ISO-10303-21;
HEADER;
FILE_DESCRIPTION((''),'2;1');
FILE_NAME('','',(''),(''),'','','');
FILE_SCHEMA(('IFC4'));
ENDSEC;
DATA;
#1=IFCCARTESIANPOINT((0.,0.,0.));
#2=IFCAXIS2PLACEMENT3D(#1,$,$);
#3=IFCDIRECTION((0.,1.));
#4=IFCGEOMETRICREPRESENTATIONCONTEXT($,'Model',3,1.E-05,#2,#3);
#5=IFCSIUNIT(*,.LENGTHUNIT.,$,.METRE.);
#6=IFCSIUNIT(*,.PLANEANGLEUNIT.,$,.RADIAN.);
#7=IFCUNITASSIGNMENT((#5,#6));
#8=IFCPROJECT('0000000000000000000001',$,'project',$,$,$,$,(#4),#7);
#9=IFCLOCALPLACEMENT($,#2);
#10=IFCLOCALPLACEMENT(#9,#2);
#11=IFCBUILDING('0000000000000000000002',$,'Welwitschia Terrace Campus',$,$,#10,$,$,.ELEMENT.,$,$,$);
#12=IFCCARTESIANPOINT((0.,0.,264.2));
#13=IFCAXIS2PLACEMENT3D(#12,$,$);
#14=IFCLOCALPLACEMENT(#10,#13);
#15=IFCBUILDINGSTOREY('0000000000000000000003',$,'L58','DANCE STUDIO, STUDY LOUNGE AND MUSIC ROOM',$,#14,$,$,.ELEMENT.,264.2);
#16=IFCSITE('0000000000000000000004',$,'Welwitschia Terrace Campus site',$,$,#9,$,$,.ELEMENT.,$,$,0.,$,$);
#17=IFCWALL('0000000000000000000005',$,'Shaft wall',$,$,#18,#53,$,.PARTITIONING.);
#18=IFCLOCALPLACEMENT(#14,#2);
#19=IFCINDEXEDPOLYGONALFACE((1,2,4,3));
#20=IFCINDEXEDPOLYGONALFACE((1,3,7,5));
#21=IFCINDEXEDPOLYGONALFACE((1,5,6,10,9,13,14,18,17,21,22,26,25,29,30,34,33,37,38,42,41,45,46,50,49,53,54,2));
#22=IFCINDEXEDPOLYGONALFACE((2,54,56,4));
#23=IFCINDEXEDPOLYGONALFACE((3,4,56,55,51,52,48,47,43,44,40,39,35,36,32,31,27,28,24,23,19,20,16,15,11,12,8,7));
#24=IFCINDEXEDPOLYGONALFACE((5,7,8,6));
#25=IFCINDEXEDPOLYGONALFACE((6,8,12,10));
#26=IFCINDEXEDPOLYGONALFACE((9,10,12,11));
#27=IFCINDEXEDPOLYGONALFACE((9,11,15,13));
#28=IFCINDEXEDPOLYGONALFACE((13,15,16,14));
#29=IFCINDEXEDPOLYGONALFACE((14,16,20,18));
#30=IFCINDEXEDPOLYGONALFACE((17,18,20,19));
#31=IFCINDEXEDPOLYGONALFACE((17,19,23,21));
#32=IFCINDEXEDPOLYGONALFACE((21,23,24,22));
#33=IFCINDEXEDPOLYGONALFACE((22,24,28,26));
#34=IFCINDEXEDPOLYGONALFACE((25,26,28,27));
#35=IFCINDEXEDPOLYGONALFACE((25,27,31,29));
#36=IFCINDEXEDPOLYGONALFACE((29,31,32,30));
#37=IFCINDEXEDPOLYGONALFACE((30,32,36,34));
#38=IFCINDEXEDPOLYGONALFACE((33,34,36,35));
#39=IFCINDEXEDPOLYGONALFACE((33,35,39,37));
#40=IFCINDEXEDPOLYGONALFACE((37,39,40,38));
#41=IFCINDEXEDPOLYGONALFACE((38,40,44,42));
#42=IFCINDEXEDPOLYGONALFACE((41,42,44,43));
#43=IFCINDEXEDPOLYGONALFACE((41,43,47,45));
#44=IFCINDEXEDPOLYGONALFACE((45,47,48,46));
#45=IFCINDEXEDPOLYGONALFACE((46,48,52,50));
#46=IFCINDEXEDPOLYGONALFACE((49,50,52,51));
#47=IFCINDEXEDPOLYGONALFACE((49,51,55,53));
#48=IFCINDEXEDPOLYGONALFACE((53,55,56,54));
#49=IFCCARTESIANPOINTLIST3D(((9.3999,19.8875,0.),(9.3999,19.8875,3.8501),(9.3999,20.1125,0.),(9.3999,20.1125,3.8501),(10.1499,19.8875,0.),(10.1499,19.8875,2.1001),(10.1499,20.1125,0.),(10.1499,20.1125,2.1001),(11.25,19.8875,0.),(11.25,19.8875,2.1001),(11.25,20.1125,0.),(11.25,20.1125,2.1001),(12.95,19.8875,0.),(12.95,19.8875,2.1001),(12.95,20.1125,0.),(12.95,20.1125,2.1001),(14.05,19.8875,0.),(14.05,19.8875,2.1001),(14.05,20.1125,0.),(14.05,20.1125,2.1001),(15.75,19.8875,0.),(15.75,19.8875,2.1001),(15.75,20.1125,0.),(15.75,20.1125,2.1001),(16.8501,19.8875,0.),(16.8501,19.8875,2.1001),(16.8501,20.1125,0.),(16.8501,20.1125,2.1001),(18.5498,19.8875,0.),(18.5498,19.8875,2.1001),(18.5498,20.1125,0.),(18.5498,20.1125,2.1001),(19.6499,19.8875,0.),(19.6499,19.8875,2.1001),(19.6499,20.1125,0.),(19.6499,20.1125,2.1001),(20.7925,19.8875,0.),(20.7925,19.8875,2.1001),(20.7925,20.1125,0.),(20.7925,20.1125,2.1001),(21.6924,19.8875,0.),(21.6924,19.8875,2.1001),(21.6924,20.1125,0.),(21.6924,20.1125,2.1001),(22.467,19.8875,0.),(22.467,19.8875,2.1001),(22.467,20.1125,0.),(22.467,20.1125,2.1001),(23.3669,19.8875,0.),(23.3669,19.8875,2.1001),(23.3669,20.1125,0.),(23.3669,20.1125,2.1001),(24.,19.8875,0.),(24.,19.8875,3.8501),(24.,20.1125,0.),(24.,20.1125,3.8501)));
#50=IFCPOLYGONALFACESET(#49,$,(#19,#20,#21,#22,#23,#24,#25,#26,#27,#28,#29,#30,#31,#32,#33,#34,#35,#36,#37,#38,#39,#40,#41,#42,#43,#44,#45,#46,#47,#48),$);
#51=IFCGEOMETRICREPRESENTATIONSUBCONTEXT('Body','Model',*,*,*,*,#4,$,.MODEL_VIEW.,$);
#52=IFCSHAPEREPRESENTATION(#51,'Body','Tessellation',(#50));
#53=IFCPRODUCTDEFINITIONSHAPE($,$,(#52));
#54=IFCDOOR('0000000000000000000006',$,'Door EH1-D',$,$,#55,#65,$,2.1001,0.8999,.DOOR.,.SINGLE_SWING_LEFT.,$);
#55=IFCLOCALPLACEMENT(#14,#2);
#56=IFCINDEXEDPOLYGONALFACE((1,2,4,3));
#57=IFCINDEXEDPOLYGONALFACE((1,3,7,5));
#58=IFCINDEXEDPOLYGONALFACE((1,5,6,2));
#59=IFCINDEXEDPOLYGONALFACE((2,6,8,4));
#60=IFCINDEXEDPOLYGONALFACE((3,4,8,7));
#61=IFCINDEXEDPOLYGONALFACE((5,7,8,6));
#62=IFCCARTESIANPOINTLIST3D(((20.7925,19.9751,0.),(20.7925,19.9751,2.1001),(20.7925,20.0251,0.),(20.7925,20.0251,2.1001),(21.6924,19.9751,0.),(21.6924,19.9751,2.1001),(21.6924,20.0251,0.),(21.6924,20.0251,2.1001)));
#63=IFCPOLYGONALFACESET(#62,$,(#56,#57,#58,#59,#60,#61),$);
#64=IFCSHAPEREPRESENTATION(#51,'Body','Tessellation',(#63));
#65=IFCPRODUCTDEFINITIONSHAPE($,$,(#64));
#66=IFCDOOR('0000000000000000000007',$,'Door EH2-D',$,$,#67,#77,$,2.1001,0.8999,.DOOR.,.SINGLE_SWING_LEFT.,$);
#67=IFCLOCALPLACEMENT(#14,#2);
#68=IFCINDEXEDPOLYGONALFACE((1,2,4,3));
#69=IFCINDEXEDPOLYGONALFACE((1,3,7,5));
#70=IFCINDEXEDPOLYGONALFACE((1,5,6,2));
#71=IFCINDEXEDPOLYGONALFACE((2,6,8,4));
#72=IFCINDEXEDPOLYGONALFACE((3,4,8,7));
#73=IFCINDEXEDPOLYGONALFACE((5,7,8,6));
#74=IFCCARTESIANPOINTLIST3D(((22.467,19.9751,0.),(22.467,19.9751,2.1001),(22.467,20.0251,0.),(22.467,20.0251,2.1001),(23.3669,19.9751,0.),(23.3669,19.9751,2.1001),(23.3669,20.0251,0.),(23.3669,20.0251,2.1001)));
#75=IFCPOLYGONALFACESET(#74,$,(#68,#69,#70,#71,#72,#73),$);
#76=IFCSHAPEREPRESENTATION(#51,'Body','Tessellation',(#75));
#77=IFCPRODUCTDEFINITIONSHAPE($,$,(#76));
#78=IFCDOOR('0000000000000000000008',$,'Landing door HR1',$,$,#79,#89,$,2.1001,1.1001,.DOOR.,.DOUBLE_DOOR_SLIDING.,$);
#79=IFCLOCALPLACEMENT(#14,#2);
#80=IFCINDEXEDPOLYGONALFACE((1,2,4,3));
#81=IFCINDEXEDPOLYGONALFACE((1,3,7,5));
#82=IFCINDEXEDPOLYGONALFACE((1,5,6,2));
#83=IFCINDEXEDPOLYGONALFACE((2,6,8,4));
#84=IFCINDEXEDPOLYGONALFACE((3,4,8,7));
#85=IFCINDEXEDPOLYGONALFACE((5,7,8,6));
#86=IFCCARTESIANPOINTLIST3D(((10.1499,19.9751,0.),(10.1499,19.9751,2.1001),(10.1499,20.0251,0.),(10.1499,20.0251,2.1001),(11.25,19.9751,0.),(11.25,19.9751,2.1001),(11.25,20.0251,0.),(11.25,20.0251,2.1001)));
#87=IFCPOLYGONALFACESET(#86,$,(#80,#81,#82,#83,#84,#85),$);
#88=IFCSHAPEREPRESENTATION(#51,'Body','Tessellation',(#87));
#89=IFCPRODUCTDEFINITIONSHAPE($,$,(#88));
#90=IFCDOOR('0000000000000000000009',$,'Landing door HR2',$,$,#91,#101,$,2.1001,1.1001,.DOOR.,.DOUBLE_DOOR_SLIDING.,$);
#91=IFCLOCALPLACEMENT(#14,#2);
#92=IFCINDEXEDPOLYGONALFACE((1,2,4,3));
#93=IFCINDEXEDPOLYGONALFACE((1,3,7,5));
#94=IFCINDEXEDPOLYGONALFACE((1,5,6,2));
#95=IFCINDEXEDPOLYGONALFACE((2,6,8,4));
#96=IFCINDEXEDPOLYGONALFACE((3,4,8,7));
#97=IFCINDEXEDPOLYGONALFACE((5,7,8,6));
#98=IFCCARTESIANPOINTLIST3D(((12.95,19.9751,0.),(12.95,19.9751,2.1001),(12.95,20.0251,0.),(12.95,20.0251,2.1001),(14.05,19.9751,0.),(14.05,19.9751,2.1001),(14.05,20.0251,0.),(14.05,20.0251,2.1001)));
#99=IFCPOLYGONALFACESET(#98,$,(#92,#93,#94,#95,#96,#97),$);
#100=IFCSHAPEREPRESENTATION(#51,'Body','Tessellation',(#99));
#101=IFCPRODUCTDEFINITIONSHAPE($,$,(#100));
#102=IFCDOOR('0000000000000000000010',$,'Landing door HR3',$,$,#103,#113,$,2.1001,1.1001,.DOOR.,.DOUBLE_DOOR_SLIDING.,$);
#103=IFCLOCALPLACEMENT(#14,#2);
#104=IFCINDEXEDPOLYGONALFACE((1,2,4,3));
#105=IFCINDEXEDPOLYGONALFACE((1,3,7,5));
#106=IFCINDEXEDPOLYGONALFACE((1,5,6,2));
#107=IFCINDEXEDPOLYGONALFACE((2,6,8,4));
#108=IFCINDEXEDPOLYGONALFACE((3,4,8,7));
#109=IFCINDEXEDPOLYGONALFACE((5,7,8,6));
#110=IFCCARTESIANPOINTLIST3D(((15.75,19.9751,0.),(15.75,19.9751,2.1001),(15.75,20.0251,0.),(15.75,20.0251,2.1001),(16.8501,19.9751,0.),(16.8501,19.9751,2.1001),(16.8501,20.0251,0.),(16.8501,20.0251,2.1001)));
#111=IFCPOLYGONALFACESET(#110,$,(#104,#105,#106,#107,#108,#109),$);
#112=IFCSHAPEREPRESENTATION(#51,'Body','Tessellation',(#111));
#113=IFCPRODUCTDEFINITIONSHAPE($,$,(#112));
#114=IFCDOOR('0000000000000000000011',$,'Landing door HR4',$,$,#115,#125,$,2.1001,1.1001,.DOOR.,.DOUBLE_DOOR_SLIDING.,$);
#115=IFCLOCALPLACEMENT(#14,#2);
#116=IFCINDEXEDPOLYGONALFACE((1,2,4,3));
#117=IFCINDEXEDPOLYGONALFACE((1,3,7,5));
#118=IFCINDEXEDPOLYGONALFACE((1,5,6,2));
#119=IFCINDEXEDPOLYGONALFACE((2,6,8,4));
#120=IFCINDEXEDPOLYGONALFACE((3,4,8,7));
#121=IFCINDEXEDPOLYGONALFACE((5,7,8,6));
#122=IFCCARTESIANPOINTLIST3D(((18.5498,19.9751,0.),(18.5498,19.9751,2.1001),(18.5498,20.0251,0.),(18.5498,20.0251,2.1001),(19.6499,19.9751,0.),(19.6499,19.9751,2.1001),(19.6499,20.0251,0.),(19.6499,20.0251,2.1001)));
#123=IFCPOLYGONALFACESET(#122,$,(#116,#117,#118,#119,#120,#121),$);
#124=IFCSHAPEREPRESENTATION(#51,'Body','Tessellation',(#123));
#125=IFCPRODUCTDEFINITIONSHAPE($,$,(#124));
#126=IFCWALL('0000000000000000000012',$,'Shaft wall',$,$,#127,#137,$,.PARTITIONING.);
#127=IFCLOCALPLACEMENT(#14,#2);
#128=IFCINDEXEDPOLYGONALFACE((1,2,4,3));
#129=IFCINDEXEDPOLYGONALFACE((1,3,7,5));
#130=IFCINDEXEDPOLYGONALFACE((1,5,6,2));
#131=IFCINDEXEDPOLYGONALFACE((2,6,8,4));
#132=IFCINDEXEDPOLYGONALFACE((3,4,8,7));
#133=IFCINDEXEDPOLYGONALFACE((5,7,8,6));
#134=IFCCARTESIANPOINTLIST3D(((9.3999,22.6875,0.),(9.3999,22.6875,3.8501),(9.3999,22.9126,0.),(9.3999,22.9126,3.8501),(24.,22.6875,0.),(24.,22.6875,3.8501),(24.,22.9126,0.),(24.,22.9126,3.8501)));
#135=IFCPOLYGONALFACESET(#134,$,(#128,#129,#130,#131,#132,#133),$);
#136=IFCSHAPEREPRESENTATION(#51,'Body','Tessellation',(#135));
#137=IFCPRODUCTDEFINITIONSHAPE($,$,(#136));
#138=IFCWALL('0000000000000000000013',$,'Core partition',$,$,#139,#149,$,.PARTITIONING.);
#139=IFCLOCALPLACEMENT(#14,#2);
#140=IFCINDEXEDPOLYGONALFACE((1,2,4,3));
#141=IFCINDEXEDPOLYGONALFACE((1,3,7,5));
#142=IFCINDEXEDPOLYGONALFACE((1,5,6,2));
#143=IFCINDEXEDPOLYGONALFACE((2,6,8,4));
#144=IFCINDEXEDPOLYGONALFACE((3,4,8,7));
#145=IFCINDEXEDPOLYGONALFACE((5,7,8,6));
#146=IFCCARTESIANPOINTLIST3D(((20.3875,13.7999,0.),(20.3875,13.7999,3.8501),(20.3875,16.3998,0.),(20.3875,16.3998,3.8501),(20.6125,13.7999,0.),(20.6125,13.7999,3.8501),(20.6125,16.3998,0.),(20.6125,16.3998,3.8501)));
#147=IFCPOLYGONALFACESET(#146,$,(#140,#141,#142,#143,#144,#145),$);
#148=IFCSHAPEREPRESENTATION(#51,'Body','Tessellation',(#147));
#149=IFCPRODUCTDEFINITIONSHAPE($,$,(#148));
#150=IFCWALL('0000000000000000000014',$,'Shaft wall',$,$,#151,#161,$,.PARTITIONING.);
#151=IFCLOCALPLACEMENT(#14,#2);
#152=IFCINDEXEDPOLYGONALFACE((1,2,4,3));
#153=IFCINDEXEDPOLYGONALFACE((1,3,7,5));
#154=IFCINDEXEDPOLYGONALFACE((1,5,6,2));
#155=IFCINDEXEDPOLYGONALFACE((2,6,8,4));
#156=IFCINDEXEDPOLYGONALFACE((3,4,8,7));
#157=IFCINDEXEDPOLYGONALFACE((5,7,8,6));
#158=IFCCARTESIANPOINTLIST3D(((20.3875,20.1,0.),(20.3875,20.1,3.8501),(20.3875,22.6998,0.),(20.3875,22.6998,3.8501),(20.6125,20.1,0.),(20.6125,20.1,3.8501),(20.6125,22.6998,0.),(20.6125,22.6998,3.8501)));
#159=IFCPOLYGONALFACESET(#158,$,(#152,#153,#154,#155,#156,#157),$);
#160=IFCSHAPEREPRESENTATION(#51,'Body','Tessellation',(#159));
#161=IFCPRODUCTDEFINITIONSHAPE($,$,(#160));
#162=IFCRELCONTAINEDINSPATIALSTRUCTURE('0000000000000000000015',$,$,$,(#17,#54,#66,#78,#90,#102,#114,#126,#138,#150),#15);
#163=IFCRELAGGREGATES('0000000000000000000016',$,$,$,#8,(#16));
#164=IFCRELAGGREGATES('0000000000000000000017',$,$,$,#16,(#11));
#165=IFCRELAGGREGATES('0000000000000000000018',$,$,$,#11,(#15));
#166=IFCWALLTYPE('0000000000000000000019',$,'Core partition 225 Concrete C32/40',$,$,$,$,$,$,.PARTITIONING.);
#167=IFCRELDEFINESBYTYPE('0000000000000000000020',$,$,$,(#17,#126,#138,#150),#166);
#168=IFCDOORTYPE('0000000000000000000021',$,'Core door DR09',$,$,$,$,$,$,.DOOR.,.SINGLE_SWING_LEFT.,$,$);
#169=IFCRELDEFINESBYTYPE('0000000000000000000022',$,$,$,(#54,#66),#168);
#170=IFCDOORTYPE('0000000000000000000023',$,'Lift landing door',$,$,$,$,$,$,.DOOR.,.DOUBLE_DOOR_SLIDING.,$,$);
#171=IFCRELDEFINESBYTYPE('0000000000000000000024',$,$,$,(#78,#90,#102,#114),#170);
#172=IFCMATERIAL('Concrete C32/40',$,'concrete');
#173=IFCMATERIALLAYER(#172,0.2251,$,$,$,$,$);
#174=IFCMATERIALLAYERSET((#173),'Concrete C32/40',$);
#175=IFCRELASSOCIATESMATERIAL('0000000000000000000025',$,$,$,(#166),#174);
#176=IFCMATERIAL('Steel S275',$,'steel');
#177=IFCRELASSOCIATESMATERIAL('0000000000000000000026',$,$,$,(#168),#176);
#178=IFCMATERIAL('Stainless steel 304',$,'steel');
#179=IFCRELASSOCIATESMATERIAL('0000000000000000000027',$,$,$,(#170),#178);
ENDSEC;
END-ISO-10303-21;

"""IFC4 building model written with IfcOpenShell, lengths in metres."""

from ifc_helpers import new_model, si_unit, direction, frame, frame_2d, origin, place, context, subcontext, project, spatial, rectangle, extrude, material, layer, layer_set, type_object, element, fill, save


model = new_model("IFC4")

# Units and contexts
model_context = context("Model", 3, precision=1e-05, world=origin(), true_north=direction((0.0, 1.0)))
body_context = subcontext(model_context, "Body", "Model", "MODEL_VIEW")
ifc_project = project(units=[si_unit("LENGTHUNIT", "METRE"), si_unit("PLANEANGLEUNIT", "RADIAN")], contexts=[model_context])

# Site, building, storey
site_placement = place(None, origin())
site = spatial("IfcSite", under=ifc_project, at=site_placement, Name="Welwitschia Terrace Campus site", CompositionType="ELEMENT", RefElevation=0.0)
building_placement = place(site_placement, origin())
building = spatial("IfcBuilding", under=site, at=building_placement, Name="Welwitschia Terrace Campus", CompositionType="ELEMENT")
storey_placement = place(building_placement, frame((0.0, 0.0, 264.2)))
storey = spatial("IfcBuildingStorey", under=building, at=storey_placement, Name="L58", Description="DANCE STUDIO, STUDY LOUNGE AND MUSIC ROOM", CompositionType="ELEMENT", Elevation=264.2)

# Shared definitions
ifc_material_1 = material(Name="Concrete C32/40", Category="concrete")
ifc_layer_1 = layer(ifc_material_1, 0.2251)
ifc_layer_set_1 = layer_set([ifc_layer_1], Name="Concrete C32/40")
wall_type_1 = type_object("IfcWallType", Name="Core partition 225 Concrete C32/40", PredefinedType="PARTITIONING", material=ifc_layer_set_1)

# Wall, openings, doors
ifc_material_2 = material(Name="Steel S275", Category="steel")
door_type_1 = type_object("IfcDoorType", Name="Core door DR09", OperationType="SINGLE_SWING_LEFT", PredefinedType="DOOR", material=ifc_material_2)
wall_1_placement = place(storey_placement, frame((24.0, 20.0, 0.0), z_axis=(0.0, 0.0, 1.0), x_axis=(-1.0, 0.0, 0.0)))
wall_1 = element("IfcWall", 1, at=wall_1_placement, inside=storey, type_object=wall_type_1, Name="Shaft wall", PredefinedType="PARTITIONING", context=body_context, shape_type="SweptSolid", body=[
    extrude(rectangle(XDim=14.6001, YDim=0.2251, at=frame_2d((7.3, 0.0))), origin(), (0.0, 0.0, 1.0), 3.8501),
])
opening_1_placement = place(wall_1_placement, frame((12.75, 0.0, 0.0)))
opening_1 = element("IfcOpeningElement", 2, at=opening_1_placement, cuts=wall_1, PredefinedType="OPENING", context=body_context, shape_type="SweptSolid", body=[
    extrude(rectangle(XDim=1.1001, YDim=2.1001, at=frame_2d((0.55, 1.05))), frame((0.0, 0.1226, 0.0), z_axis=(0.0, -1.0, 0.0), x_axis=(1.0, 0.0, 0.0)), (0.0, 0.0, 1.0), 0.2451),
])
opening_2_placement = place(wall_1_placement, frame((9.95, 0.0, 0.0)))
opening_2 = element("IfcOpeningElement", 3, at=opening_2_placement, cuts=wall_1, PredefinedType="OPENING", context=body_context, shape_type="SweptSolid", body=[
    extrude(rectangle(XDim=1.1001, YDim=2.1001, at=frame_2d((0.55, 1.05))), frame((0.0, 0.1226, 0.0), z_axis=(0.0, -1.0, 0.0), x_axis=(1.0, 0.0, 0.0)), (0.0, 0.0, 1.0), 0.2451),
])
opening_3_placement = place(wall_1_placement, frame((7.1499, 0.0, 0.0)))
opening_3 = element("IfcOpeningElement", 4, at=opening_3_placement, cuts=wall_1, PredefinedType="OPENING", context=body_context, shape_type="SweptSolid", body=[
    extrude(rectangle(XDim=1.1001, YDim=2.1001, at=frame_2d((0.55, 1.05))), frame((0.0, 0.1226, 0.0), z_axis=(0.0, -1.0, 0.0), x_axis=(1.0, 0.0, 0.0)), (0.0, 0.0, 1.0), 0.2451),
])
opening_4_placement = place(wall_1_placement, frame((4.3501, 0.0, 0.0)))
opening_4 = element("IfcOpeningElement", 5, at=opening_4_placement, cuts=wall_1, PredefinedType="OPENING", context=body_context, shape_type="SweptSolid", body=[
    extrude(rectangle(XDim=1.1001, YDim=2.1001, at=frame_2d((0.55, 1.05))), frame((0.0, 0.1226, 0.0), z_axis=(0.0, -1.0, 0.0), x_axis=(1.0, 0.0, 0.0)), (0.0, 0.0, 1.0), 0.2451),
])
opening_5_placement = place(wall_1_placement, frame((2.3076, 0.0, 0.0)))
opening_5 = element("IfcOpeningElement", 6, at=opening_5_placement, cuts=wall_1, PredefinedType="OPENING", context=body_context, shape_type="SweptSolid", body=[
    extrude(rectangle(XDim=0.8999, YDim=2.1001, at=frame_2d((0.45, 1.05))), frame((0.0, 0.1226, 0.0), z_axis=(0.0, -1.0, 0.0), x_axis=(1.0, 0.0, 0.0)), (0.0, 0.0, 1.0), 0.2451),
])
opening_6_placement = place(wall_1_placement, frame((0.6331, 0.0, 0.0)))
opening_6 = element("IfcOpeningElement", 7, at=opening_6_placement, cuts=wall_1, PredefinedType="OPENING", context=body_context, shape_type="SweptSolid", body=[
    extrude(rectangle(XDim=0.8999, YDim=2.1001, at=frame_2d((0.45, 1.05))), frame((0.0, 0.1226, 0.0), z_axis=(0.0, -1.0, 0.0), x_axis=(1.0, 0.0, 0.0)), (0.0, 0.0, 1.0), 0.2451),
])
door_1_placement = place(opening_5_placement, origin())
door_1 = element("IfcDoor", 8, at=door_1_placement, inside=storey, type_object=door_type_1, Name="Door EH1-D", OperationType="SINGLE_SWING_LEFT", OverallHeight=2.1001, OverallWidth=0.8999, PredefinedType="DOOR", context=body_context, shape_type="SweptSolid", body=[
    extrude(rectangle(XDim=0.8999, YDim=2.1001, at=frame_2d((0.45, 1.05))), frame((0.0, 0.0249, 0.0), z_axis=(0.0, -1.0, 0.0), x_axis=(1.0, 0.0, 0.0)), (0.0, 0.0, 1.0), 0.05),
])
fill(opening_5, door_1)
door_2_placement = place(opening_6_placement, origin())
door_2 = element("IfcDoor", 9, at=door_2_placement, inside=storey, type_object=door_type_1, Name="Door EH2-D", OperationType="SINGLE_SWING_LEFT", OverallHeight=2.1001, OverallWidth=0.8999, PredefinedType="DOOR", context=body_context, shape_type="SweptSolid", body=[
    extrude(rectangle(XDim=0.8999, YDim=2.1001, at=frame_2d((0.45, 1.05))), frame((0.0, 0.0249, 0.0), z_axis=(0.0, -1.0, 0.0), x_axis=(1.0, 0.0, 0.0)), (0.0, 0.0, 1.0), 0.05),
])
fill(opening_6, door_2)
ifc_material_3 = material(Name="Stainless steel 304", Category="steel")
door_type_2 = type_object("IfcDoorType", Name="Lift landing door", OperationType="DOUBLE_DOOR_SLIDING", PredefinedType="DOOR", material=ifc_material_3)
door_3_placement = place(opening_1_placement, origin())
door_3 = element("IfcDoor", 10, at=door_3_placement, inside=storey, type_object=door_type_2, Name="Landing door HR1", OperationType="DOUBLE_DOOR_SLIDING", OverallHeight=2.1001, OverallWidth=1.1001, PredefinedType="DOOR", context=body_context, shape_type="SweptSolid", body=[
    extrude(rectangle(XDim=1.1001, YDim=2.1001, at=frame_2d((0.55, 1.05))), frame((0.0, 0.0249, 0.0), z_axis=(0.0, -1.0, 0.0), x_axis=(1.0, 0.0, 0.0)), (0.0, 0.0, 1.0), 0.05),
])
fill(opening_1, door_3)
door_4_placement = place(opening_2_placement, origin())
door_4 = element("IfcDoor", 11, at=door_4_placement, inside=storey, type_object=door_type_2, Name="Landing door HR2", OperationType="DOUBLE_DOOR_SLIDING", OverallHeight=2.1001, OverallWidth=1.1001, PredefinedType="DOOR", context=body_context, shape_type="SweptSolid", body=[
    extrude(rectangle(XDim=1.1001, YDim=2.1001, at=frame_2d((0.55, 1.05))), frame((0.0, 0.0249, 0.0), z_axis=(0.0, -1.0, 0.0), x_axis=(1.0, 0.0, 0.0)), (0.0, 0.0, 1.0), 0.05),
])
fill(opening_2, door_4)
door_5_placement = place(opening_3_placement, origin())
door_5 = element("IfcDoor", 12, at=door_5_placement, inside=storey, type_object=door_type_2, Name="Landing door HR3", OperationType="DOUBLE_DOOR_SLIDING", OverallHeight=2.1001, OverallWidth=1.1001, PredefinedType="DOOR", context=body_context, shape_type="SweptSolid", body=[
    extrude(rectangle(XDim=1.1001, YDim=2.1001, at=frame_2d((0.55, 1.05))), frame((0.0, 0.0249, 0.0), z_axis=(0.0, -1.0, 0.0), x_axis=(1.0, 0.0, 0.0)), (0.0, 0.0, 1.0), 0.05),
])
fill(opening_3, door_5)
door_6_placement = place(opening_4_placement, origin())
door_6 = element("IfcDoor", 13, at=door_6_placement, inside=storey, type_object=door_type_2, Name="Landing door HR4", OperationType="DOUBLE_DOOR_SLIDING", OverallHeight=2.1001, OverallWidth=1.1001, PredefinedType="DOOR", context=body_context, shape_type="SweptSolid", body=[
    extrude(rectangle(XDim=1.1001, YDim=2.1001, at=frame_2d((0.55, 1.05))), frame((0.0, 0.0249, 0.0), z_axis=(0.0, -1.0, 0.0), x_axis=(1.0, 0.0, 0.0)), (0.0, 0.0, 1.0), 0.05),
])
fill(opening_4, door_6)

# Walls
wall_2_placement = place(storey_placement, frame((9.3999, 22.8, 0.0), z_axis=(0.0, 0.0, 1.0), x_axis=(1.0, 0.0, 0.0)))
element("IfcWall", 14, at=wall_2_placement, inside=storey, type_object=wall_type_1, Name="Shaft wall", PredefinedType="PARTITIONING", context=body_context, shape_type="SweptSolid", body=[
    extrude(rectangle(XDim=14.6001, YDim=0.2251, at=frame_2d((7.3, 0.0))), origin(), (0.0, 0.0, 1.0), 3.8501),
])
for number, where, z_axis, x_axis, name in (
    (15, (20.5, 13.8, 0.0), (0.0, 0.0, 1.0), (0.0, 1.0, 0.0), "Core partition"),
    (16, (20.5, 20.1001, 0.0), (0.0, 0.0, 1.0), (0.0, 1.0, 0.0), "Shaft wall"),
):
    element("IfcWall", number, at=place(storey_placement, frame(where, z_axis=z_axis, x_axis=x_axis)), inside=storey, type_object=wall_type_1, Name=name, PredefinedType="PARTITIONING", context=body_context, shape_type="SweptSolid", body=[
        extrude(rectangle(XDim=2.5999, YDim=0.2251, at=frame_2d((1.2998, 0.0))), origin(), (0.0, 0.0, 1.0), 3.8501),
    ])

save(model, "model.ifc")
